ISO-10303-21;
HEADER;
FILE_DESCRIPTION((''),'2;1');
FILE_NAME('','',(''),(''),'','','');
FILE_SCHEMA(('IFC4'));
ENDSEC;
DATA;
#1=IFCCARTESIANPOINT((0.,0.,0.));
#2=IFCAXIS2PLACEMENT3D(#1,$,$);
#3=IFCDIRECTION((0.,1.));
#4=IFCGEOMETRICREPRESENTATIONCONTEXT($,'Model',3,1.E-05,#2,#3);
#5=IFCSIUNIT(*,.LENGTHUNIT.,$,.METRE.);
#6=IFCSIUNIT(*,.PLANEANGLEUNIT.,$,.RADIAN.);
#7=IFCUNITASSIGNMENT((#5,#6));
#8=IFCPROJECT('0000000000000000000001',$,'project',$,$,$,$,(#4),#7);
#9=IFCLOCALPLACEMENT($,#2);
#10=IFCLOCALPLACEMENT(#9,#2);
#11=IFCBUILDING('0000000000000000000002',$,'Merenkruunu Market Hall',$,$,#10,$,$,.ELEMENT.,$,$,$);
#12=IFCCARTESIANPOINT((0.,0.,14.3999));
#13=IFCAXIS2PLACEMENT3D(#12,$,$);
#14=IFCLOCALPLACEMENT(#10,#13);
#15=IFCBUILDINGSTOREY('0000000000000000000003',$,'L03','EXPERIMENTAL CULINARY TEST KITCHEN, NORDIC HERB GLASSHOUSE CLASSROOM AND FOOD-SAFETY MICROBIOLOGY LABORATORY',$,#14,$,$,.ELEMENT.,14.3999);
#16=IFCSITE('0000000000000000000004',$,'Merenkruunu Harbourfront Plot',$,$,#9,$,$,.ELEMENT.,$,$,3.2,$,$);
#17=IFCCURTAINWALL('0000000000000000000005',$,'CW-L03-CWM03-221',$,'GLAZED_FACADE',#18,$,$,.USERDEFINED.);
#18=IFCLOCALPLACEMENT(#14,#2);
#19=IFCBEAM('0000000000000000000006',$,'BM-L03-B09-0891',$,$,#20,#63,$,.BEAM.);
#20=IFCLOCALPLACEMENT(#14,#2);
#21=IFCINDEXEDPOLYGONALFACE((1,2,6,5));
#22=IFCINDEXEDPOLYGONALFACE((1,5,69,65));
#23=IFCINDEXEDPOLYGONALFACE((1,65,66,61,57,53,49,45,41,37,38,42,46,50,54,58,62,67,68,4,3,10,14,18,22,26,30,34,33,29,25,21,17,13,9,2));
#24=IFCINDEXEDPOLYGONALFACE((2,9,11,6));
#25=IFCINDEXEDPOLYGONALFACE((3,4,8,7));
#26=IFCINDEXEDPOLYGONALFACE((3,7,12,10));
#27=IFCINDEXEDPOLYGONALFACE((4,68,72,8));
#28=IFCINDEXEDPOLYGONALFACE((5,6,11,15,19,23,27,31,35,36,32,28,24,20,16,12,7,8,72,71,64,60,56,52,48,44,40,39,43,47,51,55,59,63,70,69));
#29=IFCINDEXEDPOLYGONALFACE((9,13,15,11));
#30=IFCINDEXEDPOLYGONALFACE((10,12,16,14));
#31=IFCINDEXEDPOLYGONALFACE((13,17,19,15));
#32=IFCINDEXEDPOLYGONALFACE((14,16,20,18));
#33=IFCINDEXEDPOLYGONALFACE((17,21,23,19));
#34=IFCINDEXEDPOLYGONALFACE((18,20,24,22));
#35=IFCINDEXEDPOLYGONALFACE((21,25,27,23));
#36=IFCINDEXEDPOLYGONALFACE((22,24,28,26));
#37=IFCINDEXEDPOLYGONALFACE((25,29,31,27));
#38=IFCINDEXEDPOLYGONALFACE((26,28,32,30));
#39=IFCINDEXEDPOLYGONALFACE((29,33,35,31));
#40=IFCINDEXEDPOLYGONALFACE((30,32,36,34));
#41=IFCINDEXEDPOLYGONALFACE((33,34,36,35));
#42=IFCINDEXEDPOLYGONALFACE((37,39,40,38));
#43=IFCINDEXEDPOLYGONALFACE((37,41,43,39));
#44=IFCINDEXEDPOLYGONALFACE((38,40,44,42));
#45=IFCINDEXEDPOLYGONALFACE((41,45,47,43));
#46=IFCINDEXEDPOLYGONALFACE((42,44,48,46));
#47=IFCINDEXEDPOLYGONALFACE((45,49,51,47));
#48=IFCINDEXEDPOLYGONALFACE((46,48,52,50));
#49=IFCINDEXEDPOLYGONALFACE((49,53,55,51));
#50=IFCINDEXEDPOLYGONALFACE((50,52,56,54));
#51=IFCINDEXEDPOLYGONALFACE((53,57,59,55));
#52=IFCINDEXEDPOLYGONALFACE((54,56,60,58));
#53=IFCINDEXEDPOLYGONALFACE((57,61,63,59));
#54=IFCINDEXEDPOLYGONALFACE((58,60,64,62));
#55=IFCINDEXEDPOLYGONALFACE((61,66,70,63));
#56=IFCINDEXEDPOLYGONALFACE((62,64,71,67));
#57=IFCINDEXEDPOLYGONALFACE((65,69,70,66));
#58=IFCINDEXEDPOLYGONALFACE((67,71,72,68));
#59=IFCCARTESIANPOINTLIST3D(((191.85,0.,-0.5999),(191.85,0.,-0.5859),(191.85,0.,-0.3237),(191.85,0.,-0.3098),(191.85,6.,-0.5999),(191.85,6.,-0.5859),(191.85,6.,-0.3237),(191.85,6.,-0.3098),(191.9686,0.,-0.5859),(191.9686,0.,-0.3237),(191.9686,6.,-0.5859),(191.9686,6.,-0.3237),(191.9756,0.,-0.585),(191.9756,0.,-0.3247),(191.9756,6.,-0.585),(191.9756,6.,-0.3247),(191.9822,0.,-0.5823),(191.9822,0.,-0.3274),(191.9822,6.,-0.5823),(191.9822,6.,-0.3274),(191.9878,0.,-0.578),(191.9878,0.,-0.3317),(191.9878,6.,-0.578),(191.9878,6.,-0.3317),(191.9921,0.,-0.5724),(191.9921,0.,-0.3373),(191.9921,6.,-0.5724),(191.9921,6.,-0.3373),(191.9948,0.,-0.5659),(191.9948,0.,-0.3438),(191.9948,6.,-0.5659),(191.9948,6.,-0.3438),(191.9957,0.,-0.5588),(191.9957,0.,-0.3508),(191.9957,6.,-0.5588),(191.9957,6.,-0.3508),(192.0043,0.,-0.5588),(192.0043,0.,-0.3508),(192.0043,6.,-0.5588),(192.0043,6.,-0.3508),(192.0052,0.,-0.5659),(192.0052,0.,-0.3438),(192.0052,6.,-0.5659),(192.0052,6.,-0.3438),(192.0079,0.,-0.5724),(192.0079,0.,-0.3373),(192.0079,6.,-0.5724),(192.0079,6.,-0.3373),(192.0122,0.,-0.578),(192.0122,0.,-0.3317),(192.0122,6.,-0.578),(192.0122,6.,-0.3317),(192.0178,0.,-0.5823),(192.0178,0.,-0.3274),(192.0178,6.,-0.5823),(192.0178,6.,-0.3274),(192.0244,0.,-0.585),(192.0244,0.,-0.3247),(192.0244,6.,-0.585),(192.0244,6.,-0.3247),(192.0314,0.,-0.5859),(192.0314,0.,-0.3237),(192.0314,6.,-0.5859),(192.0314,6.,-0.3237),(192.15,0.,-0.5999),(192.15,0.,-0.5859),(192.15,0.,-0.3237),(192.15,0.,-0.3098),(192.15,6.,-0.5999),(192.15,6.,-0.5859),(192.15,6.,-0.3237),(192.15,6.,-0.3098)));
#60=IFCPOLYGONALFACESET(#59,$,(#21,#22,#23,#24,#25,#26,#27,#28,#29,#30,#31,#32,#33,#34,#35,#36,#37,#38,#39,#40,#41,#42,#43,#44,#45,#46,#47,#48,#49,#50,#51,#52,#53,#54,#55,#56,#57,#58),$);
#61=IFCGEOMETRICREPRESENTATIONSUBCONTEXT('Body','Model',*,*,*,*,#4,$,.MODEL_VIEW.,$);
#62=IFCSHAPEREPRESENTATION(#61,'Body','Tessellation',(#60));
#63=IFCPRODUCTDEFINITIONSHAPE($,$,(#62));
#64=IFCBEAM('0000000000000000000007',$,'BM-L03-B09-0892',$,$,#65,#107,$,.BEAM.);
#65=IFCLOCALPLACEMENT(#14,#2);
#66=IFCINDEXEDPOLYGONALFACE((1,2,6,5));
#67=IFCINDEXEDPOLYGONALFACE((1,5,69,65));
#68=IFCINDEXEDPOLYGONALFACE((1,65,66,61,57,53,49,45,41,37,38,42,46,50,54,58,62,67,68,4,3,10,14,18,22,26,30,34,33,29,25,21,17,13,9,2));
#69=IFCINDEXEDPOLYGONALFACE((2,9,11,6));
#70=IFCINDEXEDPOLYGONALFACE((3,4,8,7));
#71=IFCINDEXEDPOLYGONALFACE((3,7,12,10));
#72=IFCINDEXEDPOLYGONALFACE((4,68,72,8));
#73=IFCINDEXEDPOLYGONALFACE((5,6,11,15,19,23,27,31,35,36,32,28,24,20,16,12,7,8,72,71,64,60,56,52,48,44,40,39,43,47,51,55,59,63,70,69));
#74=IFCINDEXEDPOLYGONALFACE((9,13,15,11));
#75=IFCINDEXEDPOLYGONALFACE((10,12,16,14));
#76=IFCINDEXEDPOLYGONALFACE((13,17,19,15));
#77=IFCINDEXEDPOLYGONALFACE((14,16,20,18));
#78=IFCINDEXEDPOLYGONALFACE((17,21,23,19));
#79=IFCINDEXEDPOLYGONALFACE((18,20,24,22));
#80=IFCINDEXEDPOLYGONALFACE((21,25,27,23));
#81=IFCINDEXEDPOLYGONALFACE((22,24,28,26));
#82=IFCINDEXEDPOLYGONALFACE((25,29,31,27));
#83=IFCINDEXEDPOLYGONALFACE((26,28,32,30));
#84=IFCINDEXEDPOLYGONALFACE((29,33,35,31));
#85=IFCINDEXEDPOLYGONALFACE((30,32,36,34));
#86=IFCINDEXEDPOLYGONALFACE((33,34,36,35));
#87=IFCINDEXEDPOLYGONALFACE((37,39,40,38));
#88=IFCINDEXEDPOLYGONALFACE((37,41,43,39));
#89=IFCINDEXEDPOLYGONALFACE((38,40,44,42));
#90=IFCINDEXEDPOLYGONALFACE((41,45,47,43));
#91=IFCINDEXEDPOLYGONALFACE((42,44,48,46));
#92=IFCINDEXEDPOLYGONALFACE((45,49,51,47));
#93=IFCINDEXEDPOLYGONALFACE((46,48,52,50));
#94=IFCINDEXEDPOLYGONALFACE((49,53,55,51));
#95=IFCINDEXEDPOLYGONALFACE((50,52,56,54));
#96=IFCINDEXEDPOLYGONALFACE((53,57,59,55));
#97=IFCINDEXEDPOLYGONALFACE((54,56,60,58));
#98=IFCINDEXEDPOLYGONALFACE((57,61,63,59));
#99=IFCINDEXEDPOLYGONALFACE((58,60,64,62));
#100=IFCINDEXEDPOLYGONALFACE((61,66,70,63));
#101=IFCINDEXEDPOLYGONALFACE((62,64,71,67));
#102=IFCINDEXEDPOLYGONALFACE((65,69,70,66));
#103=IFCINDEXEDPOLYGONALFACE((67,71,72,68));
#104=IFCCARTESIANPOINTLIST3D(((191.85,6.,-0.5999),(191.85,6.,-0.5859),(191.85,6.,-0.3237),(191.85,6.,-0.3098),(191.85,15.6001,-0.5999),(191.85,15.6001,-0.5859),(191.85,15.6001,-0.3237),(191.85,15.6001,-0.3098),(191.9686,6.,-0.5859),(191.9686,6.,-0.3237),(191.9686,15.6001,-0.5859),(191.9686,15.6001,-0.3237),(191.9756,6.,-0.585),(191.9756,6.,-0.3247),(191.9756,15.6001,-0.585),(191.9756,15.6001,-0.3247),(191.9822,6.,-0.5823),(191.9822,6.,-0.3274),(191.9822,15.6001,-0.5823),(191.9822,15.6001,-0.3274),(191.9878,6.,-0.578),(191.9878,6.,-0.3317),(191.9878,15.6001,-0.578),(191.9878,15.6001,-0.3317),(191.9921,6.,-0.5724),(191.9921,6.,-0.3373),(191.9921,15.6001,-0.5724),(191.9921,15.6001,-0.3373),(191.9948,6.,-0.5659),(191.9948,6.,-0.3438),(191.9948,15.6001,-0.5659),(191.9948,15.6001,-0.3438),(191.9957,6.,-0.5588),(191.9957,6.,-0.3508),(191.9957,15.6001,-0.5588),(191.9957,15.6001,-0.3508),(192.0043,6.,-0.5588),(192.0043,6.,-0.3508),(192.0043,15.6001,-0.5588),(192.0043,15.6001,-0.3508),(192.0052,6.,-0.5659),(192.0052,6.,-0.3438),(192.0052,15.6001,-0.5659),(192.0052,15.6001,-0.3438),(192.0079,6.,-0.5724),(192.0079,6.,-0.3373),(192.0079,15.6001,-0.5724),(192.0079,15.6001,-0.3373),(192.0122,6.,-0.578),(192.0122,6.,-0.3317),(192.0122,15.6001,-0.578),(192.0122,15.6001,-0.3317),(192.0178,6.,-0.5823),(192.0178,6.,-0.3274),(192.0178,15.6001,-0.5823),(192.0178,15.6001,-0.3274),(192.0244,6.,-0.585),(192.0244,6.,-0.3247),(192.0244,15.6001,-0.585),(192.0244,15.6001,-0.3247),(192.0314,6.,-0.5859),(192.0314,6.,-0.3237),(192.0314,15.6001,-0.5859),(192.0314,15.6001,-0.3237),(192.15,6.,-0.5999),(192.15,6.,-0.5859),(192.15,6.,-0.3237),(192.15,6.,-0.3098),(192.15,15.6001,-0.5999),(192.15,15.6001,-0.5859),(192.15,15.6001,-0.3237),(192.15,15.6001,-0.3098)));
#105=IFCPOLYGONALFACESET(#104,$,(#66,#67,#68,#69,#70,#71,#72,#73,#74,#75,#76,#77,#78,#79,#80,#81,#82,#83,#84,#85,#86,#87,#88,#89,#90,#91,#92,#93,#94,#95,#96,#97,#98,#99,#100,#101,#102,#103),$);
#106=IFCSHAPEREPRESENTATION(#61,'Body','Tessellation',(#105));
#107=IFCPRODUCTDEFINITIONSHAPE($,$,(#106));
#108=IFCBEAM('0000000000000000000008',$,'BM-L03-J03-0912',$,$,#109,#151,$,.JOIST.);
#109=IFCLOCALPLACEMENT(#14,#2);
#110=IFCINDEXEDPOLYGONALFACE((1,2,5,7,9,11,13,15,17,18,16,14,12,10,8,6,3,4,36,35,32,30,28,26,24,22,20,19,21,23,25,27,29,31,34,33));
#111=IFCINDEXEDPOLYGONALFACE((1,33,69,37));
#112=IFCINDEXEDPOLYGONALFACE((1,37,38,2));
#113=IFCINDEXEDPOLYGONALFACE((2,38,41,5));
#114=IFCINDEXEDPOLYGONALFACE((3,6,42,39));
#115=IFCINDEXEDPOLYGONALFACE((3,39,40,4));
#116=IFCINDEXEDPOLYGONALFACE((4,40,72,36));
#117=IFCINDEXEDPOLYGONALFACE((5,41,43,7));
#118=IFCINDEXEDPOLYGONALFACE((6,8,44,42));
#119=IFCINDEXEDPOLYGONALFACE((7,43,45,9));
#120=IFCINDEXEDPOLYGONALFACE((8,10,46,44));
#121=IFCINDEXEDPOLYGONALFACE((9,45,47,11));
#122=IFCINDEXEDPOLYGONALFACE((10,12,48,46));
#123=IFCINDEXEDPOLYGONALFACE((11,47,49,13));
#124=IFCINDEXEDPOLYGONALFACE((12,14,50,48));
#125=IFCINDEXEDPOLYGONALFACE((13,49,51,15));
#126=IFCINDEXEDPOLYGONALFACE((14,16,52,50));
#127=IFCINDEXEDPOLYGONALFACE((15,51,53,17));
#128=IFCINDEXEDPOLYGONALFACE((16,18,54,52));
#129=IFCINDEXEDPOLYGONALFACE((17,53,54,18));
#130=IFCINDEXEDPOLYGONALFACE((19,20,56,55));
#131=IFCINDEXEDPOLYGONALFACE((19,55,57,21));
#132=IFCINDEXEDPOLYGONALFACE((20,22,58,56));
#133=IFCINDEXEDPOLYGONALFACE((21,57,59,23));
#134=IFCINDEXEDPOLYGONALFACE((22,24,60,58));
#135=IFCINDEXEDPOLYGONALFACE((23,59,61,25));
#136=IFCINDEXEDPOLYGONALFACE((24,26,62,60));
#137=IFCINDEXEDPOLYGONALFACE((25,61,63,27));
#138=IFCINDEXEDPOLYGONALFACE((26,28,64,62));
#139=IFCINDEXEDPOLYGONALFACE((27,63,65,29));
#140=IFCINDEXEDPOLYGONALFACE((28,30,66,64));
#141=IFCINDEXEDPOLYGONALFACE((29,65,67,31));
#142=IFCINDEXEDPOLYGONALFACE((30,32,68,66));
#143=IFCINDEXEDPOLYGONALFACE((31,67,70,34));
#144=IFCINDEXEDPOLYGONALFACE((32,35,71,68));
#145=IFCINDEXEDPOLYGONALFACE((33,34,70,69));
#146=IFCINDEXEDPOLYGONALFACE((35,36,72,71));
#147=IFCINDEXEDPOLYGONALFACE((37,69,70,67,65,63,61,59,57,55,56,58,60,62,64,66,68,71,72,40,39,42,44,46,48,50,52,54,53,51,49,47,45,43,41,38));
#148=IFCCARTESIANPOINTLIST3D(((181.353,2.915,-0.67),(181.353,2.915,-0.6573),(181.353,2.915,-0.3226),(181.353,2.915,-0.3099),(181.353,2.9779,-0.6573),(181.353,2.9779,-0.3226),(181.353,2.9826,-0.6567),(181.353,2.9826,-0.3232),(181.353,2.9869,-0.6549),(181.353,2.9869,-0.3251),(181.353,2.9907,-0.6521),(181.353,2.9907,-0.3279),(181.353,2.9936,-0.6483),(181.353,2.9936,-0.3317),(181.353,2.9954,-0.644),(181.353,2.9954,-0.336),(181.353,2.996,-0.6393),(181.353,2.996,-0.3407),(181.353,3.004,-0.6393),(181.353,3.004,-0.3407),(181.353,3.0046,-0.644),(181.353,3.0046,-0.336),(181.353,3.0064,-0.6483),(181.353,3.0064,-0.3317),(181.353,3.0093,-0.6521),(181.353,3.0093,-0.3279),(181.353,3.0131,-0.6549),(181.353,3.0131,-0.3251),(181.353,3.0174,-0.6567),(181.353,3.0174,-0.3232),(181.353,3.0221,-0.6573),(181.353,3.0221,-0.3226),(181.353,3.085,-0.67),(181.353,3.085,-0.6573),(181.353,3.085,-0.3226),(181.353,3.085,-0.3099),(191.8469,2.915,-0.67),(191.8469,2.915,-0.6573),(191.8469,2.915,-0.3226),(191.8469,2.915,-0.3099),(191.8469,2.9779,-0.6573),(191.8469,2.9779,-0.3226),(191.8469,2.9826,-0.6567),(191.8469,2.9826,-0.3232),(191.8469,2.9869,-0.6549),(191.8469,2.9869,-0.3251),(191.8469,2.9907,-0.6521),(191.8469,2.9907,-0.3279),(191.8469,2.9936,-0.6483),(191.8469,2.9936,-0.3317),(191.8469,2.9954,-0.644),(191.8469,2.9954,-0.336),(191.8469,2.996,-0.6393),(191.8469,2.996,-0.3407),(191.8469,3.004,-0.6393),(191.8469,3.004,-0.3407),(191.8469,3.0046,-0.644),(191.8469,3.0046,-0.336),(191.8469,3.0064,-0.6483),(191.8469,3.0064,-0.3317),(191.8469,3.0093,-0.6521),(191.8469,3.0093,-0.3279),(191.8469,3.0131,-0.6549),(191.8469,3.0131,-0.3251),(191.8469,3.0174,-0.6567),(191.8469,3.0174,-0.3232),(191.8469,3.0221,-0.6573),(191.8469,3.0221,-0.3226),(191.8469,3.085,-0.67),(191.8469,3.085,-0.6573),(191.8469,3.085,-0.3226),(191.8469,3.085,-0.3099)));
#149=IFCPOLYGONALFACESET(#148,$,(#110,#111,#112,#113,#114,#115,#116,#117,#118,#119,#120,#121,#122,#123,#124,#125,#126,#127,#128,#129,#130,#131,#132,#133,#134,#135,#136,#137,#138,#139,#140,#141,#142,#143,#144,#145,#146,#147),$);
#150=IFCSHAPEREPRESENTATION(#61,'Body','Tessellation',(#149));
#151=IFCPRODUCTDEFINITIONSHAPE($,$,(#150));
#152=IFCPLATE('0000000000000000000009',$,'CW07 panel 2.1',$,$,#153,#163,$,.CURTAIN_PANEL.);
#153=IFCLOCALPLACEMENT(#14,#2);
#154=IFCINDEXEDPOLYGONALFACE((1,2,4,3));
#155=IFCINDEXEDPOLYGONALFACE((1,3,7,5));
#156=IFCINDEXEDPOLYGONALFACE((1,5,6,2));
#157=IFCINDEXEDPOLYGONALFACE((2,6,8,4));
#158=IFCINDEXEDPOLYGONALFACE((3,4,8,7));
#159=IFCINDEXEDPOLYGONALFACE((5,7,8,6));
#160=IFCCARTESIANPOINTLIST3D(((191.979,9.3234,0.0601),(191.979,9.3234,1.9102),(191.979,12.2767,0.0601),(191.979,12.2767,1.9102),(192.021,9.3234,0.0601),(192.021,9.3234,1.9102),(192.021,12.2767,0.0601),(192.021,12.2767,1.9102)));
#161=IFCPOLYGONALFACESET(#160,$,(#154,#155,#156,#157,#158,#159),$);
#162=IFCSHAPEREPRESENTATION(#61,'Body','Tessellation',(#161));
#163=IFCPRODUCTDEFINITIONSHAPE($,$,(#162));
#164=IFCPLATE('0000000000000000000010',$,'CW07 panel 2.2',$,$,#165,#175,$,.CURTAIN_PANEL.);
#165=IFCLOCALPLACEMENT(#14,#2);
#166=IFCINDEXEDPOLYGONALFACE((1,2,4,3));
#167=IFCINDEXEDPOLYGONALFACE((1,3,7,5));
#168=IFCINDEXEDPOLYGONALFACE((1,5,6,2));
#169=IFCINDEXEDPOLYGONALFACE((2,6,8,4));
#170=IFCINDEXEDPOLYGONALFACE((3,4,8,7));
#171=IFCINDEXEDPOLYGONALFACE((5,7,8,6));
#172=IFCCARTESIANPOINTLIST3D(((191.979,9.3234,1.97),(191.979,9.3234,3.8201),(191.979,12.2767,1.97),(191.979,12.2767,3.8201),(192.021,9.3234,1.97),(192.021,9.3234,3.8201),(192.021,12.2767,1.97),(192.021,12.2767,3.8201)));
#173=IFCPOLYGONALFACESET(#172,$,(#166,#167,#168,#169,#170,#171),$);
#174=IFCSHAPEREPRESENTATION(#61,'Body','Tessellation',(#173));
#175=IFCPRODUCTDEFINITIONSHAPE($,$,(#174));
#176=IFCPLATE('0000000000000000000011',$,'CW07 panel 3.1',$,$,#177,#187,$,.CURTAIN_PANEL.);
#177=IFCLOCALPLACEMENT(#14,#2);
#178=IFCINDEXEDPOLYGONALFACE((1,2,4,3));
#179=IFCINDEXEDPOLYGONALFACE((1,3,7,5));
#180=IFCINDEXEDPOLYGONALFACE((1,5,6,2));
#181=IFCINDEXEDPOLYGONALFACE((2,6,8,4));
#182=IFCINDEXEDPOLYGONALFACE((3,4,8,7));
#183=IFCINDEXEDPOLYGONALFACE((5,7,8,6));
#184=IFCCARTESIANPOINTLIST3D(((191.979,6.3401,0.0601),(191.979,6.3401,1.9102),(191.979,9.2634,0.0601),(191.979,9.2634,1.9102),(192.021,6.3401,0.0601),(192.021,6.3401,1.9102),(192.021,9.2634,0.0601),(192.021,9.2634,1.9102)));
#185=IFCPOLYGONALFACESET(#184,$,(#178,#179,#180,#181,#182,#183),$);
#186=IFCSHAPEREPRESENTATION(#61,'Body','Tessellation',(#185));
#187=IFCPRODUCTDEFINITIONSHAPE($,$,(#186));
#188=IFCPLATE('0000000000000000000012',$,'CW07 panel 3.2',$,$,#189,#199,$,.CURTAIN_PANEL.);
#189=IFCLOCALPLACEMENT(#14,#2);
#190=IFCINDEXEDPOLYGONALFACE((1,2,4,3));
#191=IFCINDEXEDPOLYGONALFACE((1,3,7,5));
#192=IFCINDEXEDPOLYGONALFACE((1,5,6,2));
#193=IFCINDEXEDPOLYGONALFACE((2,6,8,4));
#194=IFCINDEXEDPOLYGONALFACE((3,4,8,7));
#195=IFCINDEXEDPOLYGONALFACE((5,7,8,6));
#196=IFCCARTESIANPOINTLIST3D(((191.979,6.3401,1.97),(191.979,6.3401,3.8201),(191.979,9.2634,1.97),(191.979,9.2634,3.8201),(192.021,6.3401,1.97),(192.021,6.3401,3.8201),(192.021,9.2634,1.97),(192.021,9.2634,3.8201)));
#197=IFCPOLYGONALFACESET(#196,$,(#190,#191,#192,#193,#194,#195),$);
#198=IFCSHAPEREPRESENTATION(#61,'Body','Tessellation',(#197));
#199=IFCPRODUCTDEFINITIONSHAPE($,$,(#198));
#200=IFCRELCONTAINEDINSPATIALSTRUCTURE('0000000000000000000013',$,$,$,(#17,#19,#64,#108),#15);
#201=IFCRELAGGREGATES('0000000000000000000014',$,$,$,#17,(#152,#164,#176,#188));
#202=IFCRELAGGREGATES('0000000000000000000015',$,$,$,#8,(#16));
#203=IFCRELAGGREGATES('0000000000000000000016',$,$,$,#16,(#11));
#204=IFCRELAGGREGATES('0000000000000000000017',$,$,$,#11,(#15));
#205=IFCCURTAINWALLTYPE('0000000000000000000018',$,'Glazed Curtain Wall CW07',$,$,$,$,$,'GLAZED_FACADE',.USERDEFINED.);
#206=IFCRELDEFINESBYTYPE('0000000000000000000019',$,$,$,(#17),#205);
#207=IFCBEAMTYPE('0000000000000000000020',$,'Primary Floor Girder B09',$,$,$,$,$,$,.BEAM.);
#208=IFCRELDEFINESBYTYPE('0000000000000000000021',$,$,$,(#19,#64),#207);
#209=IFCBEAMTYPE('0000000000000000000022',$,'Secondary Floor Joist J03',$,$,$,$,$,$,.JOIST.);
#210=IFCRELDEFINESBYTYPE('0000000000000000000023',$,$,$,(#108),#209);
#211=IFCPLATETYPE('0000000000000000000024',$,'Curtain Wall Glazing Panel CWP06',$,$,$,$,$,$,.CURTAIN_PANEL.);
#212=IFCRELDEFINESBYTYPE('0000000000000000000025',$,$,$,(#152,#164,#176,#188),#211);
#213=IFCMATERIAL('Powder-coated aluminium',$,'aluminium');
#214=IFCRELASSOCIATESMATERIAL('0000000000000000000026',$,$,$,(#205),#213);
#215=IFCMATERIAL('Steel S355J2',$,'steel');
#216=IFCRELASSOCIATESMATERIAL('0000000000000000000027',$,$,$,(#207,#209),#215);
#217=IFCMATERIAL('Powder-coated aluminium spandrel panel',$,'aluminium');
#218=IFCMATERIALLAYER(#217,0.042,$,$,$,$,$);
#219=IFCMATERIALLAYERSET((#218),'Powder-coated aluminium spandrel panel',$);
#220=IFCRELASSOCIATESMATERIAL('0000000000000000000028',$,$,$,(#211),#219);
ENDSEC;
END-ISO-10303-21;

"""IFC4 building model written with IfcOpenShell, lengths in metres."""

from ifc_helpers import new_model, si_unit, direction, frame, origin, origin_2d, place, context, subcontext, project, spatial, rectangle, i_section, extrude, material, layer, layer_set, material_profile, profile_set, type_object, element, aggregate, save


model = new_model("IFC4")

# Units and contexts
model_context = context("Model", 3, precision=1e-05, world=origin(), true_north=direction((0.0, 1.0)))
body_context = subcontext(model_context, "Body", "Model", "MODEL_VIEW")
ifc_project = project(units=[si_unit("LENGTHUNIT", "METRE"), si_unit("PLANEANGLEUNIT", "RADIAN")], contexts=[model_context])

# Site, building, storey
site_placement = place(None, origin())
site = spatial("IfcSite", under=ifc_project, at=site_placement, Name="Merenkruunu Harbourfront Plot", CompositionType="ELEMENT", RefElevation=3.2)
building_placement = place(site_placement, origin())
building = spatial("IfcBuilding", under=site, at=building_placement, Name="Merenkruunu Market Hall", CompositionType="ELEMENT")
storey_placement = place(building_placement, frame((0.0, 0.0, 14.3999)))
storey = spatial("IfcBuildingStorey", under=building, at=storey_placement, Name="L03", Description="EXPERIMENTAL CULINARY TEST KITCHEN, NORDIC HERB GLASSHOUSE CLASSROOM AND FOOD-SAFETY MICROBIOLOGY LABORATORY", CompositionType="ELEMENT", Elevation=14.3999)

# Shared definitions
ifc_material_1 = material(Name="Steel S355J2", Category="steel")

# Curtain wall
ifc_material_2 = material(Name="Powder-coated aluminium", Category="aluminium")
curtain_wall_type = type_object("IfcCurtainWallType", Name="Glazed Curtain Wall CW07", ElementType="GLAZED_FACADE", PredefinedType="USERDEFINED", material=ifc_material_2)
curtain_wall_placement = place(storey_placement, origin())
curtain_wall = element("IfcCurtainWall", 1, at=curtain_wall_placement, inside=storey, type_object=curtain_wall_type, Name="CW-L03-CWM03-221", ObjectType="GLAZED_FACADE", PredefinedType="USERDEFINED")

# Beams
ifc_material_profile_1 = material_profile(ifc_material_1, i_section(OverallWidth=0.3, OverallDepth=0.29, WebThickness=0.0085, FlangeThickness=0.0139, FilletRadius=0.0271, at=origin_2d()), Name="HEA 300")
ifc_profile_set_1 = profile_set([ifc_material_profile_1], Name="Steel S355J2")
beam_type_1 = type_object("IfcBeamType", Name="Primary Floor Girder B09", PredefinedType="BEAM", material=ifc_profile_set_1)
beam_1_placement = place(storey_placement, frame((192.0, 0.0, -0.4548), z_axis=(0.0, 1.0, 0.0), x_axis=(-1.0, 0.0, 0.0)))
element("IfcBeam", 2, at=beam_1_placement, inside=storey, type_object=beam_type_1, Name="BM-L03-B09-0891", PredefinedType="BEAM", context=body_context, shape_type="SweptSolid", body=[
    extrude(i_section(OverallWidth=0.3, OverallDepth=0.29, WebThickness=0.0085, FlangeThickness=0.0139, FilletRadius=0.0271, at=origin_2d()), origin(), (0.0, 0.0, 1.0), 6.0),
])
beam_2_placement = place(storey_placement, frame((192.0, 6.0, -0.4548), z_axis=(0.0, 1.0, 0.0), x_axis=(-1.0, 0.0, 0.0)))
element("IfcBeam", 3, at=beam_2_placement, inside=storey, type_object=beam_type_1, Name="BM-L03-B09-0892", PredefinedType="BEAM", context=body_context, shape_type="SweptSolid", body=[
    extrude(i_section(OverallWidth=0.3, OverallDepth=0.29, WebThickness=0.0085, FlangeThickness=0.0139, FilletRadius=0.0271, at=origin_2d()), origin(), (0.0, 0.0, 1.0), 9.6001),
])
ifc_material_profile_2 = material_profile(ifc_material_1, i_section(OverallWidth=0.1699, OverallDepth=0.3601, WebThickness=0.0081, FlangeThickness=0.0127, FilletRadius=0.0181, at=origin_2d()), Name="IPE 360")
ifc_profile_set_2 = profile_set([ifc_material_profile_2], Name="Steel S355J2")
beam_type_2 = type_object("IfcBeamType", Name="Secondary Floor Joist J03", PredefinedType="JOIST", material=ifc_profile_set_2)
beam_3_placement = place(storey_placement, frame((181.353, 3.0, -0.49), z_axis=(1.0, 0.0, 0.0), x_axis=(0.0, 1.0, 0.0)))
element("IfcBeam", 4, at=beam_3_placement, inside=storey, type_object=beam_type_2, Name="BM-L03-J03-0912", PredefinedType="JOIST", context=body_context, shape_type="SweptSolid", body=[
    extrude(i_section(OverallWidth=0.1699, OverallDepth=0.3601, WebThickness=0.0081, FlangeThickness=0.0127, FilletRadius=0.0181, at=origin_2d()), origin(), (0.0, 0.0, 1.0), 10.4939),
])

# Plates
ifc_material_3 = material(Name="Powder-coated aluminium spandrel panel", Category="aluminium")
ifc_layer_1 = layer(ifc_material_3, 0.042)
ifc_layer_set_1 = layer_set([ifc_layer_1], Name="Powder-coated aluminium spandrel panel")
plate_type = type_object("IfcPlateType", Name="Curtain Wall Glazing Panel CWP06", PredefinedType="CURTAIN_PANEL", material=ifc_layer_set_1)
plate_1_placement = place(storey_placement, frame((192.0, 10.8, 0.0601), z_axis=(0.0, 0.0, 1.0), x_axis=(0.0, -1.0, 0.0)))
plate_1 = element("IfcPlate", 5, at=plate_1_placement, type_object=plate_type, Name="CW07 panel 2.1", PredefinedType="CURTAIN_PANEL", context=body_context, shape_type="SweptSolid", body=[
    extrude(rectangle(XDim=2.9534, YDim=0.042, at=origin_2d()), origin(), (0.0, 0.0, 1.0), 1.8501),
])
plate_2_placement = place(storey_placement, frame((192.0, 10.8, 1.97), z_axis=(0.0, 0.0, 1.0), x_axis=(0.0, -1.0, 0.0)))
plate_2 = element("IfcPlate", 6, at=plate_2_placement, type_object=plate_type, Name="CW07 panel 2.2", PredefinedType="CURTAIN_PANEL", context=body_context, shape_type="SweptSolid", body=[
    extrude(rectangle(XDim=2.9534, YDim=0.042, at=origin_2d()), origin(), (0.0, 0.0, 1.0), 1.8501),
])
plate_3_placement = place(storey_placement, frame((192.0, 7.8018, 0.0601), z_axis=(0.0, 0.0, 1.0), x_axis=(0.0, -1.0, 0.0)))
plate_3 = element("IfcPlate", 7, at=plate_3_placement, type_object=plate_type, Name="CW07 panel 3.1", PredefinedType="CURTAIN_PANEL", context=body_context, shape_type="SweptSolid", body=[
    extrude(rectangle(XDim=2.9233, YDim=0.042, at=origin_2d()), origin(), (0.0, 0.0, 1.0), 1.8501),
])
plate_4_placement = place(storey_placement, frame((192.0, 7.8018, 1.97), z_axis=(0.0, 0.0, 1.0), x_axis=(0.0, -1.0, 0.0)))
plate_4 = element("IfcPlate", 8, at=plate_4_placement, type_object=plate_type, Name="CW07 panel 3.2", PredefinedType="CURTAIN_PANEL", context=body_context, shape_type="SweptSolid", body=[
    extrude(rectangle(XDim=2.9233, YDim=0.042, at=origin_2d()), origin(), (0.0, 0.0, 1.0), 1.8501),
])
aggregate(curtain_wall, [plate_1, plate_2, plate_3, plate_4])

save(model, "model.ifc")
